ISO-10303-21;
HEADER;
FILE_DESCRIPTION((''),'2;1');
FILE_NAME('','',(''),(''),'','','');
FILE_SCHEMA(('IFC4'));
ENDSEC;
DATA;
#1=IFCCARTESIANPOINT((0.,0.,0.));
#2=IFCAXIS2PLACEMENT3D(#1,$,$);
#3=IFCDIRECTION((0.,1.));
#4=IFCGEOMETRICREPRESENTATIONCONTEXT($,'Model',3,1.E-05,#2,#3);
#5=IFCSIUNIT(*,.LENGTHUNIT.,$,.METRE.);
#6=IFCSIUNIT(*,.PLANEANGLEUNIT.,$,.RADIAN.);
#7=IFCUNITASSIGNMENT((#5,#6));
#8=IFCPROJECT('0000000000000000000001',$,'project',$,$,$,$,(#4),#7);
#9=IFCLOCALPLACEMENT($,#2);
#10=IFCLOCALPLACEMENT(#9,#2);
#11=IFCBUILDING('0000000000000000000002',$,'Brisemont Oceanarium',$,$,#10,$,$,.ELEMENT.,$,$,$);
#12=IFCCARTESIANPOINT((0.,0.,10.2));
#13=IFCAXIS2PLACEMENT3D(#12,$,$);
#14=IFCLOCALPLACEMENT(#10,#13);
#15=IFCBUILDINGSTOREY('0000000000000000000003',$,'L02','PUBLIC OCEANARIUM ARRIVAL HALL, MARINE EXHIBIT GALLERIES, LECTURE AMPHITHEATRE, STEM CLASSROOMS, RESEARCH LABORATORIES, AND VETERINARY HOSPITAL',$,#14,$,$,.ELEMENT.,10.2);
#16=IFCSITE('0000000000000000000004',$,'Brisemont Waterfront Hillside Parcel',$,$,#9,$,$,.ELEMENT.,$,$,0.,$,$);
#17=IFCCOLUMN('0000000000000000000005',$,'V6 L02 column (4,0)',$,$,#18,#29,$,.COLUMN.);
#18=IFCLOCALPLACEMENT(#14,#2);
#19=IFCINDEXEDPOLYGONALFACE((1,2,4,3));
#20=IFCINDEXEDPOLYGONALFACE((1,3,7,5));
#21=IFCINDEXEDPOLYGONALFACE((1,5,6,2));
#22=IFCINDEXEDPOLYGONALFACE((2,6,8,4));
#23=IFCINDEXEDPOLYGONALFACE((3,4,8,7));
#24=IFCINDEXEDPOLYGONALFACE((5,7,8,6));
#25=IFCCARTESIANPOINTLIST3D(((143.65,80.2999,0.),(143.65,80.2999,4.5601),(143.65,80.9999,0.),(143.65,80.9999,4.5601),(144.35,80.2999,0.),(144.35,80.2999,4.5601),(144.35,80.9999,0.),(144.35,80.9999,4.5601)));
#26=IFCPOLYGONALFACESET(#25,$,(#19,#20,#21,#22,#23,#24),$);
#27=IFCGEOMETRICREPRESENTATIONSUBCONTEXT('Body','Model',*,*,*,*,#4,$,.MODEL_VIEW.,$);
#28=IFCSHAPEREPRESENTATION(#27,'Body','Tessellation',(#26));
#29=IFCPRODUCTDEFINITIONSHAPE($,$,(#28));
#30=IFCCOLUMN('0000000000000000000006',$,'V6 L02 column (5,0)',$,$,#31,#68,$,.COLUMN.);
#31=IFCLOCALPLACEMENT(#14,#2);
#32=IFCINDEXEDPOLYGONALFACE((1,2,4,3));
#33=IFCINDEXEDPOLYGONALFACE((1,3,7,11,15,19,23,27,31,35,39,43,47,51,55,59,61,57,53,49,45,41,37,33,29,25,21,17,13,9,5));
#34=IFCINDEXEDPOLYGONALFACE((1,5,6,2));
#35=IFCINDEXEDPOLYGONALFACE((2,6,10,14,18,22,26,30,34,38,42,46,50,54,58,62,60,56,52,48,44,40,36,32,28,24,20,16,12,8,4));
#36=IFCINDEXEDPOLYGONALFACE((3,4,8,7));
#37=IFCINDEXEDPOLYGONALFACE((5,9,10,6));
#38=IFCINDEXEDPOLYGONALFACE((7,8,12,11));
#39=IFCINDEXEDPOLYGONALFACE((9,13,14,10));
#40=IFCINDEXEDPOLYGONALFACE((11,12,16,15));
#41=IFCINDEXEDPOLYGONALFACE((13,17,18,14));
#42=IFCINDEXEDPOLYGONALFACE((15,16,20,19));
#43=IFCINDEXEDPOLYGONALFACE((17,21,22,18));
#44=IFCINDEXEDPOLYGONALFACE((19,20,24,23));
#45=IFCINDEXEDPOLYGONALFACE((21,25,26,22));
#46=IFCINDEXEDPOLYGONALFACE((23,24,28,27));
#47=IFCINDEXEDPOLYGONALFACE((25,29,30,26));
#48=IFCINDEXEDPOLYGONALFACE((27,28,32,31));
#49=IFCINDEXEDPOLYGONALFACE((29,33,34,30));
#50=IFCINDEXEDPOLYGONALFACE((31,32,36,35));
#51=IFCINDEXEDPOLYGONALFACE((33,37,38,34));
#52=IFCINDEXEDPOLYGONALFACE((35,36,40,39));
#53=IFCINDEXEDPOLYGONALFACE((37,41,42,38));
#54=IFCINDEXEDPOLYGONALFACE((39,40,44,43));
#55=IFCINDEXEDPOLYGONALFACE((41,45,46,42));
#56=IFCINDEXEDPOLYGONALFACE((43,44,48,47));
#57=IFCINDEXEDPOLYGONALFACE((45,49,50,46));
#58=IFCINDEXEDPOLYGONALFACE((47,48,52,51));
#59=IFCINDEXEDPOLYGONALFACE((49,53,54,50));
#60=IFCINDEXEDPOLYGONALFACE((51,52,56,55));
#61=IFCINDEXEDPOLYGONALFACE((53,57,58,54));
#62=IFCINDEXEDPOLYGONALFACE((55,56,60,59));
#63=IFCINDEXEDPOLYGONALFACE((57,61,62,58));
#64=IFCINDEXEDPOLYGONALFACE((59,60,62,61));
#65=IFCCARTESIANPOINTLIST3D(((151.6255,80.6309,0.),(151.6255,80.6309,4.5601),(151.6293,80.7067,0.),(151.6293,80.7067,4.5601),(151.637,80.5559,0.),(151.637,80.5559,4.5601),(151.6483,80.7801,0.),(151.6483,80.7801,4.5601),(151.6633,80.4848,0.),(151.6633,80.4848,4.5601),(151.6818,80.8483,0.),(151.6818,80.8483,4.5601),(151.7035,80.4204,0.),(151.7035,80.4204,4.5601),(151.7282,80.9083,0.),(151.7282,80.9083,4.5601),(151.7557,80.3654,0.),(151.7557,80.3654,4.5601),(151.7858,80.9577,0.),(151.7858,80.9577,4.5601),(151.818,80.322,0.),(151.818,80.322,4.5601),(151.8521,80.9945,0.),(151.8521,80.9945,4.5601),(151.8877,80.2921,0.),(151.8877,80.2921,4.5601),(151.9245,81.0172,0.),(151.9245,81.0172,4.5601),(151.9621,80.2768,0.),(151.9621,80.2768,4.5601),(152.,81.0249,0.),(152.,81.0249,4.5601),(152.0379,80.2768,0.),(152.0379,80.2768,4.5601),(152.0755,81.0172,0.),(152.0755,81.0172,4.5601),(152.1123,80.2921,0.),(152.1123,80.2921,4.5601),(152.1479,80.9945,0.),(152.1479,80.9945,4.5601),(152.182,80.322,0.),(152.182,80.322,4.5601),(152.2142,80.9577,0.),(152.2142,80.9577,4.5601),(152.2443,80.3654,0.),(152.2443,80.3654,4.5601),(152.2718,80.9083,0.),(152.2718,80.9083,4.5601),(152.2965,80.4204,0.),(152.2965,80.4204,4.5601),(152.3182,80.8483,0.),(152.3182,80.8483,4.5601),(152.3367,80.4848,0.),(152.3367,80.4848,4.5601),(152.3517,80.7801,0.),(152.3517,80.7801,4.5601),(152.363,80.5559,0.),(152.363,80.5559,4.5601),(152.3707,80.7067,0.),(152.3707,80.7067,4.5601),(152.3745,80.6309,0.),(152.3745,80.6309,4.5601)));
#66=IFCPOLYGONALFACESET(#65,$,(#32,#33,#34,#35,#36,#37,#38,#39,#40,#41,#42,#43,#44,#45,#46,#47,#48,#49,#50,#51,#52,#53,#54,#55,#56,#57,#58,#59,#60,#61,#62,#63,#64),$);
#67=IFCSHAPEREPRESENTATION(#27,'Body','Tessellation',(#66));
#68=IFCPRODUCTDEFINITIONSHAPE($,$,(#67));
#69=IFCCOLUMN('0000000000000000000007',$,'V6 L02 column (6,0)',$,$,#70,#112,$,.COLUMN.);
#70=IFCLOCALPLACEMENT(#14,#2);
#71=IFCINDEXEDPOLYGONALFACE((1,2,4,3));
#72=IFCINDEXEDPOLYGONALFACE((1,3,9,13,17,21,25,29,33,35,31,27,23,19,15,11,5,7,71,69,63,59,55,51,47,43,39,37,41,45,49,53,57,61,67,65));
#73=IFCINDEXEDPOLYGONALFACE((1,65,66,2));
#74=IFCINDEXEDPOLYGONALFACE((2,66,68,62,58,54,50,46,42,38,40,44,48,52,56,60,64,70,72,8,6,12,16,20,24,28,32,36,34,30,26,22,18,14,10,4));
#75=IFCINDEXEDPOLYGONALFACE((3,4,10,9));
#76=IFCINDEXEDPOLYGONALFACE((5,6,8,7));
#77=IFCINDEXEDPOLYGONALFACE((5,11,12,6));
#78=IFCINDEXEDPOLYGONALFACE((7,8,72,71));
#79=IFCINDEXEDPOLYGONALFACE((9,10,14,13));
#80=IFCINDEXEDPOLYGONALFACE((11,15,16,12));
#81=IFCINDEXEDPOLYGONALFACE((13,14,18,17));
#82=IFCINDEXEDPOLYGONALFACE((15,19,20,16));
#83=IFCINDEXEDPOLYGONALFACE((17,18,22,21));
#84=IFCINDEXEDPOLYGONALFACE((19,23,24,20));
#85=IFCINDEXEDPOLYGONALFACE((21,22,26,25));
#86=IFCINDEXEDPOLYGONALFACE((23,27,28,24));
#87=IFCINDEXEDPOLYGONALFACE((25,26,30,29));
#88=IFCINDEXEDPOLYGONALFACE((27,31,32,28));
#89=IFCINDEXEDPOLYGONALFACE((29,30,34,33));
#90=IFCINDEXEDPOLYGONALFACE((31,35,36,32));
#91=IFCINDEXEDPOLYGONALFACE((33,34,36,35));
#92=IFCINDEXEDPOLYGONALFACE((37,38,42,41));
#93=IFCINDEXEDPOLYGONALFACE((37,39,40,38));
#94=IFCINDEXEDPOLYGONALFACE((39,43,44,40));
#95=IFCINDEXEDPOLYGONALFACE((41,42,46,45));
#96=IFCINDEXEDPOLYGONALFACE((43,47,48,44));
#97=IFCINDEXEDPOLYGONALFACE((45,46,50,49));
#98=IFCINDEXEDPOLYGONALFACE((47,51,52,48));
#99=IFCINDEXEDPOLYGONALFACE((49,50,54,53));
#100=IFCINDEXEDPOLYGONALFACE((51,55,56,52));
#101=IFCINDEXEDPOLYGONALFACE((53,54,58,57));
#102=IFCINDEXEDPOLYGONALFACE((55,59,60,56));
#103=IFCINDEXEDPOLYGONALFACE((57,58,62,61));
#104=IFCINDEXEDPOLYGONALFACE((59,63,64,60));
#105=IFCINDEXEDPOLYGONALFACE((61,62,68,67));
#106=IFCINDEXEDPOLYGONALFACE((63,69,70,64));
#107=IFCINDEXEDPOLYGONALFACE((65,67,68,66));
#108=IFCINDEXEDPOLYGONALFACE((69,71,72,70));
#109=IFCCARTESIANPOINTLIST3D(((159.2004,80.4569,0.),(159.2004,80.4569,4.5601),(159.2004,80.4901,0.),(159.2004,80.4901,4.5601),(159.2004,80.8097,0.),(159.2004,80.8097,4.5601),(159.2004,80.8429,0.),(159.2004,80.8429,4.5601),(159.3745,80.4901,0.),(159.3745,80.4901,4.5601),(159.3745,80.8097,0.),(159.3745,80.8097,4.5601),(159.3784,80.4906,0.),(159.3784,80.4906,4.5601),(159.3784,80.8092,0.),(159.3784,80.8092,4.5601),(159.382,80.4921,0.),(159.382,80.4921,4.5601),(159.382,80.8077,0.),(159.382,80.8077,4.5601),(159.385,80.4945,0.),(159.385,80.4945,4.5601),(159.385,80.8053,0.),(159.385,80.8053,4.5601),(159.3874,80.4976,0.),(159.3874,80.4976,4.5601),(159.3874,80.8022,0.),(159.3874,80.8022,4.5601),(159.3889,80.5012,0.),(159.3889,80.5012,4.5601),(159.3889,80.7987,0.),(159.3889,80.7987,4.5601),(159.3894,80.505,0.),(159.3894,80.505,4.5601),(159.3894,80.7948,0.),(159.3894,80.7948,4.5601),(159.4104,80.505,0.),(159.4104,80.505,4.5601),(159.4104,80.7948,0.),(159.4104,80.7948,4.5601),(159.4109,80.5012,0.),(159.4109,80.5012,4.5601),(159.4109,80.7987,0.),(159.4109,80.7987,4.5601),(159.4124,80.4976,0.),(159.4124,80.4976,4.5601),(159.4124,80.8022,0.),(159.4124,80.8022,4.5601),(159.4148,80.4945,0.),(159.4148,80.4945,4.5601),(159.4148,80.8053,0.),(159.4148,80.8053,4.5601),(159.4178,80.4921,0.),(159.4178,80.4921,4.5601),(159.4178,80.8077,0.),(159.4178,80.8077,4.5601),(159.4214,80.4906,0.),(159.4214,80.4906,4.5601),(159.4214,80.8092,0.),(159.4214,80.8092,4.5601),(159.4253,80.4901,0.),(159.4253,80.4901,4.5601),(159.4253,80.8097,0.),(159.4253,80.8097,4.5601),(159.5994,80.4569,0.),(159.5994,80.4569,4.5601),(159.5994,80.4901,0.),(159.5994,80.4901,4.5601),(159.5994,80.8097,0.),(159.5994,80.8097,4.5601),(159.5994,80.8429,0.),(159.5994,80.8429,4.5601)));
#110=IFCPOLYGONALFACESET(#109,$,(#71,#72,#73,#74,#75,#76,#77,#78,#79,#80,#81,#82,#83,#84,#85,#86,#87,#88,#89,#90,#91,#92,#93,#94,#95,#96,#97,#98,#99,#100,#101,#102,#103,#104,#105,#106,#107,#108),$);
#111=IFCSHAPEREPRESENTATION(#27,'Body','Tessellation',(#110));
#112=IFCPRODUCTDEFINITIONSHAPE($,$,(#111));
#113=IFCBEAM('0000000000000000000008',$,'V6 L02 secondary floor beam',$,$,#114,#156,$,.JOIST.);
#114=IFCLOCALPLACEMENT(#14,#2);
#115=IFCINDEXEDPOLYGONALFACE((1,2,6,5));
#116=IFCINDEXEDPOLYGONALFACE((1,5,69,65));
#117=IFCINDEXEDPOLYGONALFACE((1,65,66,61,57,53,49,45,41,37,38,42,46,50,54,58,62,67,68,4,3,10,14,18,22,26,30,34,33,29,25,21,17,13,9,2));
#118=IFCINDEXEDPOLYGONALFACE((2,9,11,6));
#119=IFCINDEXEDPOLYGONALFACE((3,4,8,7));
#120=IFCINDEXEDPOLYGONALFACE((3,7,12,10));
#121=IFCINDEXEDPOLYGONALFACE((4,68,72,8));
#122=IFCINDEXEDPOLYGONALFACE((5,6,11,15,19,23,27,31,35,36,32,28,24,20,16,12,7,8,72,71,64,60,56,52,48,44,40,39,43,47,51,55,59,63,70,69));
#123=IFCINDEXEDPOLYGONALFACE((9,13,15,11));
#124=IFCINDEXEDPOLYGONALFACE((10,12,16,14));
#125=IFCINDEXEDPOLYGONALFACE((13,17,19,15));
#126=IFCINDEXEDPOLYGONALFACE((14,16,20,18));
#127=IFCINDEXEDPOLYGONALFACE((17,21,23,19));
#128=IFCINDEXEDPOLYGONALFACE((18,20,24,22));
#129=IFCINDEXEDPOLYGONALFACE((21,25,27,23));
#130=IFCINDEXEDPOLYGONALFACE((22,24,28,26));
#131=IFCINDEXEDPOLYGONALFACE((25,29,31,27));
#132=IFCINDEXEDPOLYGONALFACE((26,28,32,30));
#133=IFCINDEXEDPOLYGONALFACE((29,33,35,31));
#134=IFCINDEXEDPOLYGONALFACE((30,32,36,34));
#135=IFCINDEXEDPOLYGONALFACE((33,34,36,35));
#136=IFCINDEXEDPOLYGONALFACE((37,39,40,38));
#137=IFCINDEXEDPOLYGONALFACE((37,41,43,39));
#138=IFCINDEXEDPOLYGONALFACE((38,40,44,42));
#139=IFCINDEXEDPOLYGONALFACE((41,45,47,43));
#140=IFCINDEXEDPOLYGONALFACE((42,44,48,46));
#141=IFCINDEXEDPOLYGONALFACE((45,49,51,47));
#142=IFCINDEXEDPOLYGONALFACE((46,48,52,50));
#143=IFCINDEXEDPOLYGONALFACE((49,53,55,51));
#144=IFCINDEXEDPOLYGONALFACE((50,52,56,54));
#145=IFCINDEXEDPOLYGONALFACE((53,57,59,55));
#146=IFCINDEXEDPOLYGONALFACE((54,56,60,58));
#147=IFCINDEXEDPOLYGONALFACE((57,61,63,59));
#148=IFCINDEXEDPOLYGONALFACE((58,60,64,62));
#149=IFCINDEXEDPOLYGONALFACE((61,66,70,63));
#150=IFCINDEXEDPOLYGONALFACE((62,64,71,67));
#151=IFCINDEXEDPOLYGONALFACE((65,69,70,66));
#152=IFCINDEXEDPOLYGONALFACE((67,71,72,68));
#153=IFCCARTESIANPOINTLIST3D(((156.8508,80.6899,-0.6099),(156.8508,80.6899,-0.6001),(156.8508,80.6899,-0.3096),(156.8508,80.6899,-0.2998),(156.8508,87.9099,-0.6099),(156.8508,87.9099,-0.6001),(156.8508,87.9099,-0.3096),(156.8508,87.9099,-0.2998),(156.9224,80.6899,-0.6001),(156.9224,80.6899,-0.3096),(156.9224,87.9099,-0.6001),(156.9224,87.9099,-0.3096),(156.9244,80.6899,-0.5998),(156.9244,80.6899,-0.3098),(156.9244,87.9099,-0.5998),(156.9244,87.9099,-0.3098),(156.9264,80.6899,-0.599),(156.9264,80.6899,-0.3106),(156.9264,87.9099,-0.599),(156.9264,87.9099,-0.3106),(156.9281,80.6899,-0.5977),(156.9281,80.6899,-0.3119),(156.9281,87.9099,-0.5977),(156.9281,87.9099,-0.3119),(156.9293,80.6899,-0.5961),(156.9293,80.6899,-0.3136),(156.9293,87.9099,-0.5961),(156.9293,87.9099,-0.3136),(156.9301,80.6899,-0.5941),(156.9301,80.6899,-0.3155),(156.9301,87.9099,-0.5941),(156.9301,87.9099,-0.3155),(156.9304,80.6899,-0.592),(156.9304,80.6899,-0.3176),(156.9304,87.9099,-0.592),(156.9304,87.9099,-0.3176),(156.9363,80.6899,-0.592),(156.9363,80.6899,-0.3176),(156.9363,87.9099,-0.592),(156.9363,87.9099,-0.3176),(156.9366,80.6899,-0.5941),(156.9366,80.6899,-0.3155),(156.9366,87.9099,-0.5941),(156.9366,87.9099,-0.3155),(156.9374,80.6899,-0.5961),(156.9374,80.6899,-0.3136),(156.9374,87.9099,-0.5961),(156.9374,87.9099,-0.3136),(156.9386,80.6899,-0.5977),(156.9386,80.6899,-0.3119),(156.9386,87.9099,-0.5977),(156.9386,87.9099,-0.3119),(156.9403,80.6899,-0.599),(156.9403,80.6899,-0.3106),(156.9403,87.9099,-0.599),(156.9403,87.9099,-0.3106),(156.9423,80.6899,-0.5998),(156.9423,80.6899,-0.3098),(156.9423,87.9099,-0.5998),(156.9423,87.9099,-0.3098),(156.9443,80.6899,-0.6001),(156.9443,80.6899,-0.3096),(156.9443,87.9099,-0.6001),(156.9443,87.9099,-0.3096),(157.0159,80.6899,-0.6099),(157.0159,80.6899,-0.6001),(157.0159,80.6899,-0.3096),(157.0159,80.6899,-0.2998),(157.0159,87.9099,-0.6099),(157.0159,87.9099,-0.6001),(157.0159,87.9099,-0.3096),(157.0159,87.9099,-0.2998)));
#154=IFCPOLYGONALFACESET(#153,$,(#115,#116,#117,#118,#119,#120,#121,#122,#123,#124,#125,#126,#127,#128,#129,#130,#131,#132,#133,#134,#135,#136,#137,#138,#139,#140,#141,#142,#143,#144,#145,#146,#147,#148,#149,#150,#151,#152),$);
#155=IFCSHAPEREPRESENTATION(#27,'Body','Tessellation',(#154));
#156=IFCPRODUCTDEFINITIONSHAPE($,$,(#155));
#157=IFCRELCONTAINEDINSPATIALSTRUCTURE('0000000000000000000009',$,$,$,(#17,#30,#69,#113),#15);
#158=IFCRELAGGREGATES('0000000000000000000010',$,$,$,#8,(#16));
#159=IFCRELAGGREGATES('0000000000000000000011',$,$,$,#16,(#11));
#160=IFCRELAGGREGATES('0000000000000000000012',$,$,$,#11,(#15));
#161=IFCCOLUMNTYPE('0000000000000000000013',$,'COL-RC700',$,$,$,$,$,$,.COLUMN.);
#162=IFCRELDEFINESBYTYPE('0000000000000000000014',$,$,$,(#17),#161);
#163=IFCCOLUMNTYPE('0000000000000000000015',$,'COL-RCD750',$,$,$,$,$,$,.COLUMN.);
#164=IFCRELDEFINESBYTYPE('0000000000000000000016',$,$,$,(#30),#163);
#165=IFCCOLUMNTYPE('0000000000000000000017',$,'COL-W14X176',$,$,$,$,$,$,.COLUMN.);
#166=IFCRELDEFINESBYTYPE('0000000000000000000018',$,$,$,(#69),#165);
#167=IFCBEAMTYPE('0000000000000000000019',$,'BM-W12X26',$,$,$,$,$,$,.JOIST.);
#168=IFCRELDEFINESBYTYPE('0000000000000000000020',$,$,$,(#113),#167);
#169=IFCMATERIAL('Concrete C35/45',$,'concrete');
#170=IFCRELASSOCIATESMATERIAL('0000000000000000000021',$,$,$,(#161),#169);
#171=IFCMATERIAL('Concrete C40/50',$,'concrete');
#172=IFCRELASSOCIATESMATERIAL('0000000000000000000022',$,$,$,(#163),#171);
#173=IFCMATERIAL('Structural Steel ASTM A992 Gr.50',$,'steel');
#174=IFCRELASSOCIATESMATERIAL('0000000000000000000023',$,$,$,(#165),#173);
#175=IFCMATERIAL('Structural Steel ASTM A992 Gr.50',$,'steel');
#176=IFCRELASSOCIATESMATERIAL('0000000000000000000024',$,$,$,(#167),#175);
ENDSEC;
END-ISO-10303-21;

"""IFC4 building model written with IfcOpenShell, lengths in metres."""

from ifc_helpers import new_model, si_unit, direction, frame, origin, origin_2d, place, context, subcontext, project, spatial, rectangle, circle, i_section, extrude, material, material_profile, profile_set, type_object, element, save


model = new_model("IFC4")

# Units and contexts
model_context = context("Model", 3, precision=1e-05, world=origin(), true_north=direction((0.0, 1.0)))
body_context = subcontext(model_context, "Body", "Model", "MODEL_VIEW")
ifc_project = project(units=[si_unit("LENGTHUNIT", "METRE"), si_unit("PLANEANGLEUNIT", "RADIAN")], contexts=[model_context])

# Site, building, storey
site_placement = place(None, origin())
site = spatial("IfcSite", under=ifc_project, at=site_placement, Name="Brisemont Waterfront Hillside Parcel", CompositionType="ELEMENT", RefElevation=0.0)
building_placement = place(site_placement, origin())
building = spatial("IfcBuilding", under=site, at=building_placement, Name="Brisemont Oceanarium", CompositionType="ELEMENT")
storey_placement = place(building_placement, frame((0.0, 0.0, 10.2)))
storey = spatial("IfcBuildingStorey", under=building, at=storey_placement, Name="L02", Description="PUBLIC OCEANARIUM ARRIVAL HALL, MARINE EXHIBIT GALLERIES, LECTURE AMPHITHEATRE, STEM CLASSROOMS, RESEARCH LABORATORIES, AND VETERINARY HOSPITAL", CompositionType="ELEMENT", Elevation=10.2)

# Columns
ifc_material_1 = material(Name="Concrete C35/45", Category="concrete")
ifc_material_profile_1 = material_profile(ifc_material_1, rectangle(XDim=0.7, YDim=0.7, at=origin_2d()), Name="RC-COL-700X700")
ifc_profile_set_1 = profile_set([ifc_material_profile_1], Name="Concrete C35/45")
column_type_1 = type_object("IfcColumnType", Name="COL-RC700", PredefinedType="COLUMN", material=ifc_profile_set_1)
column_1_placement = place(storey_placement, frame((144.0, 80.6499, 0.0), z_axis=(0.0, 0.0, 1.0), x_axis=(1.0, 0.0, 0.0)))
element("IfcColumn", 1, at=column_1_placement, inside=storey, type_object=column_type_1, Name="V6 L02 column (4,0)", PredefinedType="COLUMN", context=body_context, shape_type="SweptSolid", body=[
    extrude(rectangle(XDim=0.7, YDim=0.7, at=origin_2d()), origin(), (0.0, 0.0, 1.0), 4.5601),
])
ifc_material_2 = material(Name="Concrete C40/50", Category="concrete")
ifc_material_profile_2 = material_profile(ifc_material_2, circle(Radius=0.375, at=origin_2d()), Name="RC-COL-D750")
ifc_profile_set_2 = profile_set([ifc_material_profile_2], Name="Concrete C40/50")
column_type_2 = type_object("IfcColumnType", Name="COL-RCD750", PredefinedType="COLUMN", material=ifc_profile_set_2)
column_2_placement = place(storey_placement, frame((152.0, 80.6499, 0.0), z_axis=(0.0, 0.0, 1.0), x_axis=(0.0, 1.0, 0.0)))
element("IfcColumn", 2, at=column_2_placement, inside=storey, type_object=column_type_2, Name="V6 L02 column (5,0)", PredefinedType="COLUMN", context=body_context, shape_type="SweptSolid", body=[
    extrude(circle(Radius=0.375, at=origin_2d()), origin(), (0.0, 0.0, 1.0), 4.5601),
])
ifc_material_3 = material(Name="Structural Steel ASTM A992 Gr.50", Category="steel")
ifc_material_profile_3 = material_profile(ifc_material_3, i_section(OverallWidth=0.3989, OverallDepth=0.386, WebThickness=0.021, FlangeThickness=0.0332, FilletRadius=0.0149, at=origin_2d()), Name="W14X176")
ifc_profile_set_3 = profile_set([ifc_material_profile_3], Name="Structural Steel ASTM A992 Gr.50")
column_type_3 = type_object("IfcColumnType", Name="COL-W14X176", PredefinedType="COLUMN", material=ifc_profile_set_3)
column_3_placement = place(storey_placement, frame((159.3999, 80.6499, 0.0), z_axis=(0.0, 0.0, 1.0), x_axis=(1.0, 0.0, 0.0)))
element("IfcColumn", 3, at=column_3_placement, inside=storey, type_object=column_type_3, Name="V6 L02 column (6,0)", PredefinedType="COLUMN", context=body_context, shape_type="SweptSolid", body=[
    extrude(i_section(OverallWidth=0.3989, OverallDepth=0.386, WebThickness=0.021, FlangeThickness=0.0332, FilletRadius=0.0149, at=origin_2d()), origin(), (0.0, 0.0, 1.0), 4.5601),
])

# Beam
ifc_material_4 = material(Name="Structural Steel ASTM A992 Gr.50", Category="steel")
ifc_material_profile_4 = material_profile(ifc_material_4, i_section(OverallWidth=0.165, OverallDepth=0.3101, WebThickness=0.0059, FlangeThickness=0.0098, FilletRadius=0.0081, at=origin_2d()), Name="W12X26")
ifc_profile_set_4 = profile_set([ifc_material_profile_4], Name="Structural Steel ASTM A992 Gr.50")
beam_type_1 = type_object("IfcBeamType", Name="BM-W12X26", PredefinedType="JOIST", material=ifc_profile_set_4)
beam_1_placement = place(storey_placement, frame((156.9333, 80.6899, -0.4548), z_axis=(0.0, 1.0, 0.0), x_axis=(-1.0, 0.0, 0.0)))
element("IfcBeam", 4, at=beam_1_placement, inside=storey, type_object=beam_type_1, Name="V6 L02 secondary floor beam", PredefinedType="JOIST", context=body_context, shape_type="SweptSolid", body=[
    extrude(i_section(OverallWidth=0.165, OverallDepth=0.3101, WebThickness=0.0059, FlangeThickness=0.0098, FilletRadius=0.0081, at=origin_2d()), origin(), (0.0, 0.0, 1.0), 7.22),
])

save(model, "model.ifc")
